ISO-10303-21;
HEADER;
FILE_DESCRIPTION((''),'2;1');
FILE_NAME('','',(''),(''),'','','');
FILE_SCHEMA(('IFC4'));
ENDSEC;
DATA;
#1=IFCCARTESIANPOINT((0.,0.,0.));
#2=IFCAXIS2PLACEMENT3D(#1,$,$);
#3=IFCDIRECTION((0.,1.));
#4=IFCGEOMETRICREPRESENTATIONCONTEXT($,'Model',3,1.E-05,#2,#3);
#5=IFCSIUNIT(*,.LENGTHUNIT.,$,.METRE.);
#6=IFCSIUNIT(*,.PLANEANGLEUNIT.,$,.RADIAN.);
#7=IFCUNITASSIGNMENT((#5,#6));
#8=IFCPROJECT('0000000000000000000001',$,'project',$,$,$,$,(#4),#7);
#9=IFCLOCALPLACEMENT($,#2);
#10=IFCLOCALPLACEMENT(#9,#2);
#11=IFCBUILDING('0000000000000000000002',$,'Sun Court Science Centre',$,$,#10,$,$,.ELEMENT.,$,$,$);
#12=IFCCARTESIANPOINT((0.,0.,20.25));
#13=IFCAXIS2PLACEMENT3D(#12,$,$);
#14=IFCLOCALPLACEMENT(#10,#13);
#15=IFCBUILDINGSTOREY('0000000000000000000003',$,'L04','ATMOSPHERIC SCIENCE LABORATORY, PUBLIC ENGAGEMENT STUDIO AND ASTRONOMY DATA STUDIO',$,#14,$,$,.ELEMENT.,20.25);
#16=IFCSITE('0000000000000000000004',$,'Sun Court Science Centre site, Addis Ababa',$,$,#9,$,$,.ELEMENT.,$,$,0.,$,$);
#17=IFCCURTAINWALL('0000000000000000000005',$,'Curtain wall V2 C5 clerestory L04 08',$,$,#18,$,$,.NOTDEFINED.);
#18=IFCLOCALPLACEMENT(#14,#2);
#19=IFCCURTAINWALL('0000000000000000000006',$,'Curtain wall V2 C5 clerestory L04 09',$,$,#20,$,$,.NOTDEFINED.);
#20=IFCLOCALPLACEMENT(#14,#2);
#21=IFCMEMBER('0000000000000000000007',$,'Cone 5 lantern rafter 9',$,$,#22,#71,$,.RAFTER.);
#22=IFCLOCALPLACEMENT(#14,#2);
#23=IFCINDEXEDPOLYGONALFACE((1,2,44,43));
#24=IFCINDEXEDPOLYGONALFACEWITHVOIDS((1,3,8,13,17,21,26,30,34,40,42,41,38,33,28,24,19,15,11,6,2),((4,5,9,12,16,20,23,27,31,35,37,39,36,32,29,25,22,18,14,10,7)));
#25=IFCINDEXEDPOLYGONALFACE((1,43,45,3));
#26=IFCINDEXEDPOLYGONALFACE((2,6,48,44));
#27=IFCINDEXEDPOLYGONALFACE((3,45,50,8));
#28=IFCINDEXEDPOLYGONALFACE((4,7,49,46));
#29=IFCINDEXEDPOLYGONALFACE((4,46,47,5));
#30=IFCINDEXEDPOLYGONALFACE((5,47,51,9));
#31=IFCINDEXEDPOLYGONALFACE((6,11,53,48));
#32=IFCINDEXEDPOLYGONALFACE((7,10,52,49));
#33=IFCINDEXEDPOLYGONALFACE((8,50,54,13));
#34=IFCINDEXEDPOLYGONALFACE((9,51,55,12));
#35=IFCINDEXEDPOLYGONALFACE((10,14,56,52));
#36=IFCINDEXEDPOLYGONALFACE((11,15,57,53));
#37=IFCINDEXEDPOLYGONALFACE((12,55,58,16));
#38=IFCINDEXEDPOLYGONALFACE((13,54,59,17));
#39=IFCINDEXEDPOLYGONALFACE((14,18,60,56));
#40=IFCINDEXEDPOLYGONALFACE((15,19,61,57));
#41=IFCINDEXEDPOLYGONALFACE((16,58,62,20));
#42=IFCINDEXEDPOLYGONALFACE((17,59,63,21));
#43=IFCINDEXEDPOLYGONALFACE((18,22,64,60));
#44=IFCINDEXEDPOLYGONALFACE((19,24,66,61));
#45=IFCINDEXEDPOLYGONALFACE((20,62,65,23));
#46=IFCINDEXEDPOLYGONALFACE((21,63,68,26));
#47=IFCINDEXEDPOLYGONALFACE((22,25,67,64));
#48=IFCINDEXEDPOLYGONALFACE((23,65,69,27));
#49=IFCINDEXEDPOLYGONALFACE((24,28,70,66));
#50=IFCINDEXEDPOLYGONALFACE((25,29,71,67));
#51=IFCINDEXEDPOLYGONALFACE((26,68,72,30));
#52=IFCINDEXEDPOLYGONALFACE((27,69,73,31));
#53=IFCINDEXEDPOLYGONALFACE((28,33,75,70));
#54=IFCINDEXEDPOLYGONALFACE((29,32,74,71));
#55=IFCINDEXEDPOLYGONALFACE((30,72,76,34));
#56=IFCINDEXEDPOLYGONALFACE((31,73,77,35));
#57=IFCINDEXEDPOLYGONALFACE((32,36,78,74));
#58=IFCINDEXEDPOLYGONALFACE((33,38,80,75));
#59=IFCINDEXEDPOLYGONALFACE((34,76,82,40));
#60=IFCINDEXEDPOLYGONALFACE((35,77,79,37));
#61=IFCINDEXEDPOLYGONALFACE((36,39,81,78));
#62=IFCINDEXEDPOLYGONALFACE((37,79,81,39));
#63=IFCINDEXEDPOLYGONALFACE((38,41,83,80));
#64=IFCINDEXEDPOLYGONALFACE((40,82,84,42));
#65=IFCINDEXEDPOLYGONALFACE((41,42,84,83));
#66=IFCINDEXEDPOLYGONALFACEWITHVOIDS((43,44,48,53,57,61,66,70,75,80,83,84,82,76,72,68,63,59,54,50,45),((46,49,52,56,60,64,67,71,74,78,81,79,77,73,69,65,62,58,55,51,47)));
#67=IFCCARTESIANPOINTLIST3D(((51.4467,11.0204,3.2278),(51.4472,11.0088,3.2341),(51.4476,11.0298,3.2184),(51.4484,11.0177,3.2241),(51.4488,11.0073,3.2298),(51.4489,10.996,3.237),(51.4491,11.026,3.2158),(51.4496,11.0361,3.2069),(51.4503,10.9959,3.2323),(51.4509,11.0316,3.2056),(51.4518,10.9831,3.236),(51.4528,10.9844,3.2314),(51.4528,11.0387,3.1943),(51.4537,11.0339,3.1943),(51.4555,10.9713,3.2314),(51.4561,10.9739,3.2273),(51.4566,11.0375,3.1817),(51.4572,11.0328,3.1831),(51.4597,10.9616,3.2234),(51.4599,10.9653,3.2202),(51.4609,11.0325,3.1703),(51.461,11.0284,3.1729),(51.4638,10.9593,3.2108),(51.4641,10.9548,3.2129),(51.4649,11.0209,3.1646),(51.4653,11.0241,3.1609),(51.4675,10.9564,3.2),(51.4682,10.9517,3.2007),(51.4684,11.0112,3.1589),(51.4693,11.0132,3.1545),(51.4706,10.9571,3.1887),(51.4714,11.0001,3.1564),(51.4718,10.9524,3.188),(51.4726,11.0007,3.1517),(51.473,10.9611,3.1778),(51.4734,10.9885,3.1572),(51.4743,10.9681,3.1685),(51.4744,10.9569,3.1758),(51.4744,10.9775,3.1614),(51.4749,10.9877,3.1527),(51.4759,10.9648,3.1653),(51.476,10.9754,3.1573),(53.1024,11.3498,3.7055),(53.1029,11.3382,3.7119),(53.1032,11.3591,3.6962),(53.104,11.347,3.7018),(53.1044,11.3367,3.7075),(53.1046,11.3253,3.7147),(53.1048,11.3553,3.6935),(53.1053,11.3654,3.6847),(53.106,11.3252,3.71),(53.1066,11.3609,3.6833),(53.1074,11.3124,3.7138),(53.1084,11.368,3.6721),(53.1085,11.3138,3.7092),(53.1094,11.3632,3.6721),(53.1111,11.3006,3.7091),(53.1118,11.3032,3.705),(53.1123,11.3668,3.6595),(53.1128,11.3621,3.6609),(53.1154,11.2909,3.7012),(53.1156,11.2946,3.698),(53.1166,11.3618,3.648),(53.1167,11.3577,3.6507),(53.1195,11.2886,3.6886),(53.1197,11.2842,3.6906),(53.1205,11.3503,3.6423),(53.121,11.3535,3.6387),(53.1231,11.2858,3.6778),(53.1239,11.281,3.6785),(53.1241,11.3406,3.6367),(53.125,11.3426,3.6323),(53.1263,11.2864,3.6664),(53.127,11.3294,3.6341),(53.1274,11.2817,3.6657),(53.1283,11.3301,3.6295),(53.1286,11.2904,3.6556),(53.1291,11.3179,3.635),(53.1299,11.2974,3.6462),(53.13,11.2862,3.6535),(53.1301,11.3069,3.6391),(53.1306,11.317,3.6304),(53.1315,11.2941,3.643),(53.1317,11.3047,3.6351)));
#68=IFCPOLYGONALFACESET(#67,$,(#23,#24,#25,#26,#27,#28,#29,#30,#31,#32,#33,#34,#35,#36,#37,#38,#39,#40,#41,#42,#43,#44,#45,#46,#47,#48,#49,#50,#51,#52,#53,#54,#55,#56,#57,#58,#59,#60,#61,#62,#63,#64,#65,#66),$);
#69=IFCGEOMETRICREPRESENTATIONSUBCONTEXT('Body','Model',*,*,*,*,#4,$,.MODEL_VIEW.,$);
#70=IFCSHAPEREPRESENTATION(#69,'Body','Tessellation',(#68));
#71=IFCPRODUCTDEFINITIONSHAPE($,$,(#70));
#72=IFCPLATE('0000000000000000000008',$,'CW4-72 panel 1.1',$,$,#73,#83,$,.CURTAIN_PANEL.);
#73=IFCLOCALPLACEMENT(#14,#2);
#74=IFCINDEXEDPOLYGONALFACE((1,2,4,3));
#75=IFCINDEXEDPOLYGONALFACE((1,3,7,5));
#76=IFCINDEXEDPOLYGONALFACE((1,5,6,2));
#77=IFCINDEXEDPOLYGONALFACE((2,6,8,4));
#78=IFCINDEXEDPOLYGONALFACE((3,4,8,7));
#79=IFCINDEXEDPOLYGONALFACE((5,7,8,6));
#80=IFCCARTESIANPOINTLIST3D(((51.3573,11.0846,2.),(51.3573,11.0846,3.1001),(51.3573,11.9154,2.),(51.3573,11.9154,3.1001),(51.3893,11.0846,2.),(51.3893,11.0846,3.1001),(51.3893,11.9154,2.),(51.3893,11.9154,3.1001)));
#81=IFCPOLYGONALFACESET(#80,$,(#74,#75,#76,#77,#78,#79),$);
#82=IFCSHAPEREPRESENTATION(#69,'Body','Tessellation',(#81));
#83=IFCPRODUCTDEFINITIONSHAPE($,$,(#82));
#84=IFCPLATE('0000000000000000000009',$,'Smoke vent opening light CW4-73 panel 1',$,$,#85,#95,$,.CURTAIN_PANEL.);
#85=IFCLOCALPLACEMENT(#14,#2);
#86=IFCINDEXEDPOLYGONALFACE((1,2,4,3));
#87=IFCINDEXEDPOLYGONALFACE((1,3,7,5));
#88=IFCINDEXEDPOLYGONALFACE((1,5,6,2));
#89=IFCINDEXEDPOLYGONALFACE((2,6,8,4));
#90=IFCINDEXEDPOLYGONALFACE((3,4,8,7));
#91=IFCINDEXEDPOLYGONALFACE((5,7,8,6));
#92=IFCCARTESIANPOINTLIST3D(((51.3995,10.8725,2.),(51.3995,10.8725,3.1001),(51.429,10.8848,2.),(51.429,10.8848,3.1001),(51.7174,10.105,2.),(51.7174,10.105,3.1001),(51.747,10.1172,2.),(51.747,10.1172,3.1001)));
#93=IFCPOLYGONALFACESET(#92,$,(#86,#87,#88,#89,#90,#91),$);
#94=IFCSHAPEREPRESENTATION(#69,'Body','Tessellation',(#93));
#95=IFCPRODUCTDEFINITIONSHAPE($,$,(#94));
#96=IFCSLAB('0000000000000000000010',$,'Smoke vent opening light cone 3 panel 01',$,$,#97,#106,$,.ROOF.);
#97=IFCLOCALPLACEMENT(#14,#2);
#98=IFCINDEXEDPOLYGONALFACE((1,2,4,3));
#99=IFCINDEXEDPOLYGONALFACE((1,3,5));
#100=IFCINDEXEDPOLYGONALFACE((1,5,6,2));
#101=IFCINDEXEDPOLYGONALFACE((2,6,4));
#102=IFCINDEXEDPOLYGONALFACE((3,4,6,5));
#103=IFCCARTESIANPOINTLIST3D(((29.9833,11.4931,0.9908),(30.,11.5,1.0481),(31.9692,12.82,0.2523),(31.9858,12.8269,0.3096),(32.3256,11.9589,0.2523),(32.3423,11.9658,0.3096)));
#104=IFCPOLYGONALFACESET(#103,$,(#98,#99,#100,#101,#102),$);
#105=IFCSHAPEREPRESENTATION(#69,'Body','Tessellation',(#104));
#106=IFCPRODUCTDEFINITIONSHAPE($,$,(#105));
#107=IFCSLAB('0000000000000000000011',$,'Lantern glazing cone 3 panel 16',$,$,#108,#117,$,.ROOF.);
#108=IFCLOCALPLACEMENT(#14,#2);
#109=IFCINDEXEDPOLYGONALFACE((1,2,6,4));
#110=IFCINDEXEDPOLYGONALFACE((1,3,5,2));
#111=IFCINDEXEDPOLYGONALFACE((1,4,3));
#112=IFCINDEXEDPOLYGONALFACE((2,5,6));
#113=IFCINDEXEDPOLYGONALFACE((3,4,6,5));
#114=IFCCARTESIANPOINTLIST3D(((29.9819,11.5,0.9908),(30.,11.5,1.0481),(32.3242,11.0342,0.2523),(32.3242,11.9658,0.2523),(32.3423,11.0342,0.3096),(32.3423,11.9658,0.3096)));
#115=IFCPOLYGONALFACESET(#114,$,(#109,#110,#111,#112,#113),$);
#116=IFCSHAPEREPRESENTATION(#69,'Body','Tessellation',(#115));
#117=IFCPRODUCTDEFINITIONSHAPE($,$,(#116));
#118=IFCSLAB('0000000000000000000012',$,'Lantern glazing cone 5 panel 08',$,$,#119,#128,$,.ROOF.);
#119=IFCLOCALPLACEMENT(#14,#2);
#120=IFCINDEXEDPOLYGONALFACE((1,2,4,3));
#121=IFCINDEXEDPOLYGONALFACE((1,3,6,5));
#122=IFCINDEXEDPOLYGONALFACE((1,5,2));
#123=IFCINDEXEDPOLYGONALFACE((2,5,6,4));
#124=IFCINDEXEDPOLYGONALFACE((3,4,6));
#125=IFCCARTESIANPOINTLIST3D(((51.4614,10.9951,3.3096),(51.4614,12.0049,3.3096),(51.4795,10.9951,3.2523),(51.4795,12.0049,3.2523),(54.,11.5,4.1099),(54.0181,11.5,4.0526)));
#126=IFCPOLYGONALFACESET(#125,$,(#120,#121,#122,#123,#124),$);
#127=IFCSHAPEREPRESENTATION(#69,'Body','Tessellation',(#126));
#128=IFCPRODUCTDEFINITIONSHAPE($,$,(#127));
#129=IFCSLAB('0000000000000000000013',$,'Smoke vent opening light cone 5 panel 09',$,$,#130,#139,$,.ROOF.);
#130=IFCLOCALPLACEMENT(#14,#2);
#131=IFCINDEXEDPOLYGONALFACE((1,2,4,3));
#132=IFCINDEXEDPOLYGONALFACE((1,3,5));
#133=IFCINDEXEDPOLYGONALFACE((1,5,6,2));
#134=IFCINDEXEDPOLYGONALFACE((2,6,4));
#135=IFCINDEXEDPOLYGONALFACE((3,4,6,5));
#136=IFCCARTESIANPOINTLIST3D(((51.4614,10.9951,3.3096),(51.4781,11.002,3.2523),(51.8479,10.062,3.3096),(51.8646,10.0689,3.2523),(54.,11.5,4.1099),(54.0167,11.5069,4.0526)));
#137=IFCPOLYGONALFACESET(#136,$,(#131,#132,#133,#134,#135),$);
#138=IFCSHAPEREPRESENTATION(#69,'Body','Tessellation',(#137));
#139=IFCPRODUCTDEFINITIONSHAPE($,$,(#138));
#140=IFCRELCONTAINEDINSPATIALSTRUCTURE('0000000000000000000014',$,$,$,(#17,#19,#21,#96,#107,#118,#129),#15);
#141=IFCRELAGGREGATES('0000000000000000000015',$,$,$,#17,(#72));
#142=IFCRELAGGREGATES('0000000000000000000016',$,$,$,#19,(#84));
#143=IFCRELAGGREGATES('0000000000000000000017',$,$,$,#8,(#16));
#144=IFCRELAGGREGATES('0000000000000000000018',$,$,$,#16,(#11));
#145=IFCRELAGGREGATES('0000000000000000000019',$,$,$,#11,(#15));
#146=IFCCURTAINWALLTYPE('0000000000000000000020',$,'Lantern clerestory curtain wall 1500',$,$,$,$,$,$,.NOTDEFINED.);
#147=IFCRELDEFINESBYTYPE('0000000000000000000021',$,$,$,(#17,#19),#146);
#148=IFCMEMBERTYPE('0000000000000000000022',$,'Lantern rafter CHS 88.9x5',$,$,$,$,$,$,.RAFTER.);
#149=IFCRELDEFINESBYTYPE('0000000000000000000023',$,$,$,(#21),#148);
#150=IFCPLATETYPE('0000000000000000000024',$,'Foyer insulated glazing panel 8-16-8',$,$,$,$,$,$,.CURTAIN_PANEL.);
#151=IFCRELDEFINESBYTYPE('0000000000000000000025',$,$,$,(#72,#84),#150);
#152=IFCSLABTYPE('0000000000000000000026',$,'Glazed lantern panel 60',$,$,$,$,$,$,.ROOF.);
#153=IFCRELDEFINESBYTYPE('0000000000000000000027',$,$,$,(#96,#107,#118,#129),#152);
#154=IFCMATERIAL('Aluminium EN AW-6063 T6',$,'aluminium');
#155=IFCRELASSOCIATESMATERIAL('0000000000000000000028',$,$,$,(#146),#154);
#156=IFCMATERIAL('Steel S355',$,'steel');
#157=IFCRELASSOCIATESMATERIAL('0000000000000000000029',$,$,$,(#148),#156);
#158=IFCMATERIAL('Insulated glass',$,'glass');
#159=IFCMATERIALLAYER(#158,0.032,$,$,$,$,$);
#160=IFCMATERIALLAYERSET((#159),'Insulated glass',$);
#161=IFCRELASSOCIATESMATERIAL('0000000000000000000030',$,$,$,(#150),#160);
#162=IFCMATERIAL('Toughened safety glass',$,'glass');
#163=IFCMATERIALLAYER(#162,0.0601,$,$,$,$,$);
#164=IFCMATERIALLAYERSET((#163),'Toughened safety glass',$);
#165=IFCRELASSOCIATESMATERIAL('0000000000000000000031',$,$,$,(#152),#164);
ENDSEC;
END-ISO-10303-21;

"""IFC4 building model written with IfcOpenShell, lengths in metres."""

from ifc_helpers import new_model, si_unit, direction, frame, origin, origin_2d, place, context, subcontext, project, spatial, polyline, rectangle, hollow_circle, outline, extrude, material, layer, layer_set, material_profile, profile_set, type_object, element, aggregate, save


model = new_model("IFC4")

# Units and contexts
model_context = context("Model", 3, precision=1e-05, world=origin(), true_north=direction((0.0, 1.0)))
body_context = subcontext(model_context, "Body", "Model", "MODEL_VIEW")
ifc_project = project(units=[si_unit("LENGTHUNIT", "METRE"), si_unit("PLANEANGLEUNIT", "RADIAN")], contexts=[model_context])

# Site, building, storey
site_placement = place(None, origin())
site = spatial("IfcSite", under=ifc_project, at=site_placement, Name="Sun Court Science Centre site, Addis Ababa", CompositionType="ELEMENT", RefElevation=0.0)
building_placement = place(site_placement, origin())
building = spatial("IfcBuilding", under=site, at=building_placement, Name="Sun Court Science Centre", CompositionType="ELEMENT")
storey_placement = place(building_placement, frame((0.0, 0.0, 20.25)))
storey = spatial("IfcBuildingStorey", under=building, at=storey_placement, Name="L04", Description="ATMOSPHERIC SCIENCE LABORATORY, PUBLIC ENGAGEMENT STUDIO AND ASTRONOMY DATA STUDIO", CompositionType="ELEMENT", Elevation=20.25)

# Curtain walls
ifc_material_1 = material(Name="Aluminium EN AW-6063 T6", Category="aluminium")
curtain_wall_type = type_object("IfcCurtainWallType", Name="Lantern clerestory curtain wall 1500", PredefinedType="NOTDEFINED", material=ifc_material_1)
curtain_wall_1_placement = place(storey_placement, origin())
curtain_wall_1 = element("IfcCurtainWall", 1, at=curtain_wall_1_placement, inside=storey, type_object=curtain_wall_type, Name="Curtain wall V2 C5 clerestory L04 08", PredefinedType="NOTDEFINED")
curtain_wall_2_placement = place(storey_placement, origin())
curtain_wall_2 = element("IfcCurtainWall", 2, at=curtain_wall_2_placement, inside=storey, type_object=curtain_wall_type, Name="Curtain wall V2 C5 clerestory L04 09", PredefinedType="NOTDEFINED")

# Member
ifc_material_2 = material(Name="Steel S355", Category="steel")
ifc_material_profile_1 = material_profile(ifc_material_2, hollow_circle(Radius=0.0444, WallThickness=0.0049, at=origin_2d()), Name="CHS 88.9x5")
ifc_profile_set_1 = profile_set([ifc_material_profile_1], Name="Steel S355")
member_type_1 = type_object("IfcMemberType", Name="Lantern rafter CHS 88.9x5", PredefinedType="RAFTER", material=ifc_profile_set_1)
for number, where, z_axis, x_axis, name in (
    (3, (51.4614, 10.9951, 3.1943), (0.943719, 0.187714, 0.272318), (-0.195087, 0.980786, 0.0), "Cone 5 lantern rafter 9"),
):
    element("IfcMember", number, at=place(storey_placement, frame(where, z_axis=z_axis, x_axis=x_axis)), inside=storey, type_object=member_type_1, Name=name, PredefinedType="RAFTER", context=body_context, shape_type="SweptSolid", body=[
        extrude(hollow_circle(Radius=0.0444, WallThickness=0.0049, at=origin_2d()), origin(), (0.0, 0.0, 1.0), 1.7544),
    ])

# Plates
ifc_material_3 = material(Name="Insulated glass", Category="glass")
ifc_layer_1 = layer(ifc_material_3, 0.032)
ifc_layer_set_1 = layer_set([ifc_layer_1], Name="Insulated glass")
plate_type = type_object("IfcPlateType", Name="Foyer insulated glazing panel 8-16-8", PredefinedType="CURTAIN_PANEL", material=ifc_layer_set_1)
plate_1_placement = place(storey_placement, frame((51.3733, 11.5, 2.0), z_axis=(0.0, 0.0, 1.0), x_axis=(0.0, 1.0, 0.0)))
plate_1 = element("IfcPlate", 4, at=plate_1_placement, type_object=plate_type, Name="CW4-72 panel 1.1", PredefinedType="CURTAIN_PANEL", context=body_context, shape_type="SweptSolid", body=[
    extrude(rectangle(XDim=0.8308, YDim=0.032, at=origin_2d()), origin(), (0.0, 0.0, 1.0), 1.1001),
])
aggregate(curtain_wall_1, [plate_1])
plate_2_placement = place(storey_placement, frame((51.5732, 10.4949, 2.0), z_axis=(0.0, 0.0, 1.0), x_axis=(-0.382683, 0.92388, 0.0)))
plate_2 = element("IfcPlate", 5, at=plate_2_placement, type_object=plate_type, Name="Smoke vent opening light CW4-73 panel 1", PredefinedType="CURTAIN_PANEL", context=body_context, shape_type="SweptSolid", body=[
    extrude(rectangle(XDim=0.8308, YDim=0.032, at=origin_2d()), origin(), (0.0, 0.0, 1.0), 1.1001),
])
aggregate(curtain_wall_2, [plate_2])

# Slabs
ifc_material_4 = material(Name="Toughened safety glass", Category="glass")
ifc_layer_2 = layer(ifc_material_4, 0.0601)
ifc_layer_set_2 = layer_set([ifc_layer_2], Name="Toughened safety glass")
slab_type = type_object("IfcSlabType", Name="Glazed lantern panel 60", PredefinedType="ROOF", material=ifc_layer_set_2)
slab_1_placement = place(storey_placement, frame((32.3423, 11.9658, 0.3096), z_axis=(0.277836, 0.11501, 0.953719), x_axis=(-0.382475, 0.923966, 0.0)))
element("IfcSlab", 6, at=slab_1_placement, inside=storey, type_object=slab_type, Name="Smoke vent opening light cone 3 panel 01", PredefinedType="ROOF", context=body_context, shape_type="SweptSolid", body=[
    extrude(outline(polyline([(0.0, 0.0), (0.9319, 0.0), (0.4655, 2.456), (0.0, 0.0)])), origin(), (0.0, 0.0, -1.0), 0.0601),
])
slab_2_placement = place(storey_placement, frame((32.3423, 11.0342, 0.3096), z_axis=(0.300708, 0.0, 0.953716), x_axis=(0.0, 1.0, 0.0)))
element("IfcSlab", 7, at=slab_2_placement, inside=storey, type_object=slab_type, Name="Lantern glazing cone 3 panel 16", PredefinedType="ROOF", context=body_context, shape_type="SweptSolid", body=[
    extrude(outline(polyline([(0.0, 0.0), (0.9316, 0.0), (0.4658, 2.456), (0.0, 0.0)])), origin(), (0.0, 0.0, -1.0), 0.0601),
])
slab_3_placement = place(storey_placement, frame((51.4614, 12.0049, 3.3096), z_axis=(-0.300666, 0.0, 0.953729), x_axis=(0.0, -1.0, 0.0)))
element("IfcSlab", 8, at=slab_3_placement, inside=storey, type_object=slab_type, Name="Lantern glazing cone 5 panel 08", PredefinedType="ROOF", context=body_context, shape_type="SweptSolid", body=[
    extrude(outline(polyline([(0.0, 0.0), (1.0098, 0.0), (0.5049, 2.6617), (0.0, 0.0)])), origin(), (0.0, 0.0, -1.0), 0.0601),
])
slab_4_placement = place(storey_placement, frame((51.4614, 10.9951, 3.3096), z_axis=(-0.277784, -0.115053, 0.953729), x_axis=(0.382658, -0.92389, 0.0)))
element("IfcSlab", 9, at=slab_4_placement, inside=storey, type_object=slab_type, Name="Smoke vent opening light cone 5 panel 09", PredefinedType="ROOF", context=body_context, shape_type="SweptSolid", body=[
    extrude(outline(polyline([(0.0, 0.0), (1.01, 0.0), (0.5049, 2.6617), (0.0, 0.0)])), origin(), (0.0, 0.0, -1.0), 0.0601),
])

save(model, "model.ifc")
